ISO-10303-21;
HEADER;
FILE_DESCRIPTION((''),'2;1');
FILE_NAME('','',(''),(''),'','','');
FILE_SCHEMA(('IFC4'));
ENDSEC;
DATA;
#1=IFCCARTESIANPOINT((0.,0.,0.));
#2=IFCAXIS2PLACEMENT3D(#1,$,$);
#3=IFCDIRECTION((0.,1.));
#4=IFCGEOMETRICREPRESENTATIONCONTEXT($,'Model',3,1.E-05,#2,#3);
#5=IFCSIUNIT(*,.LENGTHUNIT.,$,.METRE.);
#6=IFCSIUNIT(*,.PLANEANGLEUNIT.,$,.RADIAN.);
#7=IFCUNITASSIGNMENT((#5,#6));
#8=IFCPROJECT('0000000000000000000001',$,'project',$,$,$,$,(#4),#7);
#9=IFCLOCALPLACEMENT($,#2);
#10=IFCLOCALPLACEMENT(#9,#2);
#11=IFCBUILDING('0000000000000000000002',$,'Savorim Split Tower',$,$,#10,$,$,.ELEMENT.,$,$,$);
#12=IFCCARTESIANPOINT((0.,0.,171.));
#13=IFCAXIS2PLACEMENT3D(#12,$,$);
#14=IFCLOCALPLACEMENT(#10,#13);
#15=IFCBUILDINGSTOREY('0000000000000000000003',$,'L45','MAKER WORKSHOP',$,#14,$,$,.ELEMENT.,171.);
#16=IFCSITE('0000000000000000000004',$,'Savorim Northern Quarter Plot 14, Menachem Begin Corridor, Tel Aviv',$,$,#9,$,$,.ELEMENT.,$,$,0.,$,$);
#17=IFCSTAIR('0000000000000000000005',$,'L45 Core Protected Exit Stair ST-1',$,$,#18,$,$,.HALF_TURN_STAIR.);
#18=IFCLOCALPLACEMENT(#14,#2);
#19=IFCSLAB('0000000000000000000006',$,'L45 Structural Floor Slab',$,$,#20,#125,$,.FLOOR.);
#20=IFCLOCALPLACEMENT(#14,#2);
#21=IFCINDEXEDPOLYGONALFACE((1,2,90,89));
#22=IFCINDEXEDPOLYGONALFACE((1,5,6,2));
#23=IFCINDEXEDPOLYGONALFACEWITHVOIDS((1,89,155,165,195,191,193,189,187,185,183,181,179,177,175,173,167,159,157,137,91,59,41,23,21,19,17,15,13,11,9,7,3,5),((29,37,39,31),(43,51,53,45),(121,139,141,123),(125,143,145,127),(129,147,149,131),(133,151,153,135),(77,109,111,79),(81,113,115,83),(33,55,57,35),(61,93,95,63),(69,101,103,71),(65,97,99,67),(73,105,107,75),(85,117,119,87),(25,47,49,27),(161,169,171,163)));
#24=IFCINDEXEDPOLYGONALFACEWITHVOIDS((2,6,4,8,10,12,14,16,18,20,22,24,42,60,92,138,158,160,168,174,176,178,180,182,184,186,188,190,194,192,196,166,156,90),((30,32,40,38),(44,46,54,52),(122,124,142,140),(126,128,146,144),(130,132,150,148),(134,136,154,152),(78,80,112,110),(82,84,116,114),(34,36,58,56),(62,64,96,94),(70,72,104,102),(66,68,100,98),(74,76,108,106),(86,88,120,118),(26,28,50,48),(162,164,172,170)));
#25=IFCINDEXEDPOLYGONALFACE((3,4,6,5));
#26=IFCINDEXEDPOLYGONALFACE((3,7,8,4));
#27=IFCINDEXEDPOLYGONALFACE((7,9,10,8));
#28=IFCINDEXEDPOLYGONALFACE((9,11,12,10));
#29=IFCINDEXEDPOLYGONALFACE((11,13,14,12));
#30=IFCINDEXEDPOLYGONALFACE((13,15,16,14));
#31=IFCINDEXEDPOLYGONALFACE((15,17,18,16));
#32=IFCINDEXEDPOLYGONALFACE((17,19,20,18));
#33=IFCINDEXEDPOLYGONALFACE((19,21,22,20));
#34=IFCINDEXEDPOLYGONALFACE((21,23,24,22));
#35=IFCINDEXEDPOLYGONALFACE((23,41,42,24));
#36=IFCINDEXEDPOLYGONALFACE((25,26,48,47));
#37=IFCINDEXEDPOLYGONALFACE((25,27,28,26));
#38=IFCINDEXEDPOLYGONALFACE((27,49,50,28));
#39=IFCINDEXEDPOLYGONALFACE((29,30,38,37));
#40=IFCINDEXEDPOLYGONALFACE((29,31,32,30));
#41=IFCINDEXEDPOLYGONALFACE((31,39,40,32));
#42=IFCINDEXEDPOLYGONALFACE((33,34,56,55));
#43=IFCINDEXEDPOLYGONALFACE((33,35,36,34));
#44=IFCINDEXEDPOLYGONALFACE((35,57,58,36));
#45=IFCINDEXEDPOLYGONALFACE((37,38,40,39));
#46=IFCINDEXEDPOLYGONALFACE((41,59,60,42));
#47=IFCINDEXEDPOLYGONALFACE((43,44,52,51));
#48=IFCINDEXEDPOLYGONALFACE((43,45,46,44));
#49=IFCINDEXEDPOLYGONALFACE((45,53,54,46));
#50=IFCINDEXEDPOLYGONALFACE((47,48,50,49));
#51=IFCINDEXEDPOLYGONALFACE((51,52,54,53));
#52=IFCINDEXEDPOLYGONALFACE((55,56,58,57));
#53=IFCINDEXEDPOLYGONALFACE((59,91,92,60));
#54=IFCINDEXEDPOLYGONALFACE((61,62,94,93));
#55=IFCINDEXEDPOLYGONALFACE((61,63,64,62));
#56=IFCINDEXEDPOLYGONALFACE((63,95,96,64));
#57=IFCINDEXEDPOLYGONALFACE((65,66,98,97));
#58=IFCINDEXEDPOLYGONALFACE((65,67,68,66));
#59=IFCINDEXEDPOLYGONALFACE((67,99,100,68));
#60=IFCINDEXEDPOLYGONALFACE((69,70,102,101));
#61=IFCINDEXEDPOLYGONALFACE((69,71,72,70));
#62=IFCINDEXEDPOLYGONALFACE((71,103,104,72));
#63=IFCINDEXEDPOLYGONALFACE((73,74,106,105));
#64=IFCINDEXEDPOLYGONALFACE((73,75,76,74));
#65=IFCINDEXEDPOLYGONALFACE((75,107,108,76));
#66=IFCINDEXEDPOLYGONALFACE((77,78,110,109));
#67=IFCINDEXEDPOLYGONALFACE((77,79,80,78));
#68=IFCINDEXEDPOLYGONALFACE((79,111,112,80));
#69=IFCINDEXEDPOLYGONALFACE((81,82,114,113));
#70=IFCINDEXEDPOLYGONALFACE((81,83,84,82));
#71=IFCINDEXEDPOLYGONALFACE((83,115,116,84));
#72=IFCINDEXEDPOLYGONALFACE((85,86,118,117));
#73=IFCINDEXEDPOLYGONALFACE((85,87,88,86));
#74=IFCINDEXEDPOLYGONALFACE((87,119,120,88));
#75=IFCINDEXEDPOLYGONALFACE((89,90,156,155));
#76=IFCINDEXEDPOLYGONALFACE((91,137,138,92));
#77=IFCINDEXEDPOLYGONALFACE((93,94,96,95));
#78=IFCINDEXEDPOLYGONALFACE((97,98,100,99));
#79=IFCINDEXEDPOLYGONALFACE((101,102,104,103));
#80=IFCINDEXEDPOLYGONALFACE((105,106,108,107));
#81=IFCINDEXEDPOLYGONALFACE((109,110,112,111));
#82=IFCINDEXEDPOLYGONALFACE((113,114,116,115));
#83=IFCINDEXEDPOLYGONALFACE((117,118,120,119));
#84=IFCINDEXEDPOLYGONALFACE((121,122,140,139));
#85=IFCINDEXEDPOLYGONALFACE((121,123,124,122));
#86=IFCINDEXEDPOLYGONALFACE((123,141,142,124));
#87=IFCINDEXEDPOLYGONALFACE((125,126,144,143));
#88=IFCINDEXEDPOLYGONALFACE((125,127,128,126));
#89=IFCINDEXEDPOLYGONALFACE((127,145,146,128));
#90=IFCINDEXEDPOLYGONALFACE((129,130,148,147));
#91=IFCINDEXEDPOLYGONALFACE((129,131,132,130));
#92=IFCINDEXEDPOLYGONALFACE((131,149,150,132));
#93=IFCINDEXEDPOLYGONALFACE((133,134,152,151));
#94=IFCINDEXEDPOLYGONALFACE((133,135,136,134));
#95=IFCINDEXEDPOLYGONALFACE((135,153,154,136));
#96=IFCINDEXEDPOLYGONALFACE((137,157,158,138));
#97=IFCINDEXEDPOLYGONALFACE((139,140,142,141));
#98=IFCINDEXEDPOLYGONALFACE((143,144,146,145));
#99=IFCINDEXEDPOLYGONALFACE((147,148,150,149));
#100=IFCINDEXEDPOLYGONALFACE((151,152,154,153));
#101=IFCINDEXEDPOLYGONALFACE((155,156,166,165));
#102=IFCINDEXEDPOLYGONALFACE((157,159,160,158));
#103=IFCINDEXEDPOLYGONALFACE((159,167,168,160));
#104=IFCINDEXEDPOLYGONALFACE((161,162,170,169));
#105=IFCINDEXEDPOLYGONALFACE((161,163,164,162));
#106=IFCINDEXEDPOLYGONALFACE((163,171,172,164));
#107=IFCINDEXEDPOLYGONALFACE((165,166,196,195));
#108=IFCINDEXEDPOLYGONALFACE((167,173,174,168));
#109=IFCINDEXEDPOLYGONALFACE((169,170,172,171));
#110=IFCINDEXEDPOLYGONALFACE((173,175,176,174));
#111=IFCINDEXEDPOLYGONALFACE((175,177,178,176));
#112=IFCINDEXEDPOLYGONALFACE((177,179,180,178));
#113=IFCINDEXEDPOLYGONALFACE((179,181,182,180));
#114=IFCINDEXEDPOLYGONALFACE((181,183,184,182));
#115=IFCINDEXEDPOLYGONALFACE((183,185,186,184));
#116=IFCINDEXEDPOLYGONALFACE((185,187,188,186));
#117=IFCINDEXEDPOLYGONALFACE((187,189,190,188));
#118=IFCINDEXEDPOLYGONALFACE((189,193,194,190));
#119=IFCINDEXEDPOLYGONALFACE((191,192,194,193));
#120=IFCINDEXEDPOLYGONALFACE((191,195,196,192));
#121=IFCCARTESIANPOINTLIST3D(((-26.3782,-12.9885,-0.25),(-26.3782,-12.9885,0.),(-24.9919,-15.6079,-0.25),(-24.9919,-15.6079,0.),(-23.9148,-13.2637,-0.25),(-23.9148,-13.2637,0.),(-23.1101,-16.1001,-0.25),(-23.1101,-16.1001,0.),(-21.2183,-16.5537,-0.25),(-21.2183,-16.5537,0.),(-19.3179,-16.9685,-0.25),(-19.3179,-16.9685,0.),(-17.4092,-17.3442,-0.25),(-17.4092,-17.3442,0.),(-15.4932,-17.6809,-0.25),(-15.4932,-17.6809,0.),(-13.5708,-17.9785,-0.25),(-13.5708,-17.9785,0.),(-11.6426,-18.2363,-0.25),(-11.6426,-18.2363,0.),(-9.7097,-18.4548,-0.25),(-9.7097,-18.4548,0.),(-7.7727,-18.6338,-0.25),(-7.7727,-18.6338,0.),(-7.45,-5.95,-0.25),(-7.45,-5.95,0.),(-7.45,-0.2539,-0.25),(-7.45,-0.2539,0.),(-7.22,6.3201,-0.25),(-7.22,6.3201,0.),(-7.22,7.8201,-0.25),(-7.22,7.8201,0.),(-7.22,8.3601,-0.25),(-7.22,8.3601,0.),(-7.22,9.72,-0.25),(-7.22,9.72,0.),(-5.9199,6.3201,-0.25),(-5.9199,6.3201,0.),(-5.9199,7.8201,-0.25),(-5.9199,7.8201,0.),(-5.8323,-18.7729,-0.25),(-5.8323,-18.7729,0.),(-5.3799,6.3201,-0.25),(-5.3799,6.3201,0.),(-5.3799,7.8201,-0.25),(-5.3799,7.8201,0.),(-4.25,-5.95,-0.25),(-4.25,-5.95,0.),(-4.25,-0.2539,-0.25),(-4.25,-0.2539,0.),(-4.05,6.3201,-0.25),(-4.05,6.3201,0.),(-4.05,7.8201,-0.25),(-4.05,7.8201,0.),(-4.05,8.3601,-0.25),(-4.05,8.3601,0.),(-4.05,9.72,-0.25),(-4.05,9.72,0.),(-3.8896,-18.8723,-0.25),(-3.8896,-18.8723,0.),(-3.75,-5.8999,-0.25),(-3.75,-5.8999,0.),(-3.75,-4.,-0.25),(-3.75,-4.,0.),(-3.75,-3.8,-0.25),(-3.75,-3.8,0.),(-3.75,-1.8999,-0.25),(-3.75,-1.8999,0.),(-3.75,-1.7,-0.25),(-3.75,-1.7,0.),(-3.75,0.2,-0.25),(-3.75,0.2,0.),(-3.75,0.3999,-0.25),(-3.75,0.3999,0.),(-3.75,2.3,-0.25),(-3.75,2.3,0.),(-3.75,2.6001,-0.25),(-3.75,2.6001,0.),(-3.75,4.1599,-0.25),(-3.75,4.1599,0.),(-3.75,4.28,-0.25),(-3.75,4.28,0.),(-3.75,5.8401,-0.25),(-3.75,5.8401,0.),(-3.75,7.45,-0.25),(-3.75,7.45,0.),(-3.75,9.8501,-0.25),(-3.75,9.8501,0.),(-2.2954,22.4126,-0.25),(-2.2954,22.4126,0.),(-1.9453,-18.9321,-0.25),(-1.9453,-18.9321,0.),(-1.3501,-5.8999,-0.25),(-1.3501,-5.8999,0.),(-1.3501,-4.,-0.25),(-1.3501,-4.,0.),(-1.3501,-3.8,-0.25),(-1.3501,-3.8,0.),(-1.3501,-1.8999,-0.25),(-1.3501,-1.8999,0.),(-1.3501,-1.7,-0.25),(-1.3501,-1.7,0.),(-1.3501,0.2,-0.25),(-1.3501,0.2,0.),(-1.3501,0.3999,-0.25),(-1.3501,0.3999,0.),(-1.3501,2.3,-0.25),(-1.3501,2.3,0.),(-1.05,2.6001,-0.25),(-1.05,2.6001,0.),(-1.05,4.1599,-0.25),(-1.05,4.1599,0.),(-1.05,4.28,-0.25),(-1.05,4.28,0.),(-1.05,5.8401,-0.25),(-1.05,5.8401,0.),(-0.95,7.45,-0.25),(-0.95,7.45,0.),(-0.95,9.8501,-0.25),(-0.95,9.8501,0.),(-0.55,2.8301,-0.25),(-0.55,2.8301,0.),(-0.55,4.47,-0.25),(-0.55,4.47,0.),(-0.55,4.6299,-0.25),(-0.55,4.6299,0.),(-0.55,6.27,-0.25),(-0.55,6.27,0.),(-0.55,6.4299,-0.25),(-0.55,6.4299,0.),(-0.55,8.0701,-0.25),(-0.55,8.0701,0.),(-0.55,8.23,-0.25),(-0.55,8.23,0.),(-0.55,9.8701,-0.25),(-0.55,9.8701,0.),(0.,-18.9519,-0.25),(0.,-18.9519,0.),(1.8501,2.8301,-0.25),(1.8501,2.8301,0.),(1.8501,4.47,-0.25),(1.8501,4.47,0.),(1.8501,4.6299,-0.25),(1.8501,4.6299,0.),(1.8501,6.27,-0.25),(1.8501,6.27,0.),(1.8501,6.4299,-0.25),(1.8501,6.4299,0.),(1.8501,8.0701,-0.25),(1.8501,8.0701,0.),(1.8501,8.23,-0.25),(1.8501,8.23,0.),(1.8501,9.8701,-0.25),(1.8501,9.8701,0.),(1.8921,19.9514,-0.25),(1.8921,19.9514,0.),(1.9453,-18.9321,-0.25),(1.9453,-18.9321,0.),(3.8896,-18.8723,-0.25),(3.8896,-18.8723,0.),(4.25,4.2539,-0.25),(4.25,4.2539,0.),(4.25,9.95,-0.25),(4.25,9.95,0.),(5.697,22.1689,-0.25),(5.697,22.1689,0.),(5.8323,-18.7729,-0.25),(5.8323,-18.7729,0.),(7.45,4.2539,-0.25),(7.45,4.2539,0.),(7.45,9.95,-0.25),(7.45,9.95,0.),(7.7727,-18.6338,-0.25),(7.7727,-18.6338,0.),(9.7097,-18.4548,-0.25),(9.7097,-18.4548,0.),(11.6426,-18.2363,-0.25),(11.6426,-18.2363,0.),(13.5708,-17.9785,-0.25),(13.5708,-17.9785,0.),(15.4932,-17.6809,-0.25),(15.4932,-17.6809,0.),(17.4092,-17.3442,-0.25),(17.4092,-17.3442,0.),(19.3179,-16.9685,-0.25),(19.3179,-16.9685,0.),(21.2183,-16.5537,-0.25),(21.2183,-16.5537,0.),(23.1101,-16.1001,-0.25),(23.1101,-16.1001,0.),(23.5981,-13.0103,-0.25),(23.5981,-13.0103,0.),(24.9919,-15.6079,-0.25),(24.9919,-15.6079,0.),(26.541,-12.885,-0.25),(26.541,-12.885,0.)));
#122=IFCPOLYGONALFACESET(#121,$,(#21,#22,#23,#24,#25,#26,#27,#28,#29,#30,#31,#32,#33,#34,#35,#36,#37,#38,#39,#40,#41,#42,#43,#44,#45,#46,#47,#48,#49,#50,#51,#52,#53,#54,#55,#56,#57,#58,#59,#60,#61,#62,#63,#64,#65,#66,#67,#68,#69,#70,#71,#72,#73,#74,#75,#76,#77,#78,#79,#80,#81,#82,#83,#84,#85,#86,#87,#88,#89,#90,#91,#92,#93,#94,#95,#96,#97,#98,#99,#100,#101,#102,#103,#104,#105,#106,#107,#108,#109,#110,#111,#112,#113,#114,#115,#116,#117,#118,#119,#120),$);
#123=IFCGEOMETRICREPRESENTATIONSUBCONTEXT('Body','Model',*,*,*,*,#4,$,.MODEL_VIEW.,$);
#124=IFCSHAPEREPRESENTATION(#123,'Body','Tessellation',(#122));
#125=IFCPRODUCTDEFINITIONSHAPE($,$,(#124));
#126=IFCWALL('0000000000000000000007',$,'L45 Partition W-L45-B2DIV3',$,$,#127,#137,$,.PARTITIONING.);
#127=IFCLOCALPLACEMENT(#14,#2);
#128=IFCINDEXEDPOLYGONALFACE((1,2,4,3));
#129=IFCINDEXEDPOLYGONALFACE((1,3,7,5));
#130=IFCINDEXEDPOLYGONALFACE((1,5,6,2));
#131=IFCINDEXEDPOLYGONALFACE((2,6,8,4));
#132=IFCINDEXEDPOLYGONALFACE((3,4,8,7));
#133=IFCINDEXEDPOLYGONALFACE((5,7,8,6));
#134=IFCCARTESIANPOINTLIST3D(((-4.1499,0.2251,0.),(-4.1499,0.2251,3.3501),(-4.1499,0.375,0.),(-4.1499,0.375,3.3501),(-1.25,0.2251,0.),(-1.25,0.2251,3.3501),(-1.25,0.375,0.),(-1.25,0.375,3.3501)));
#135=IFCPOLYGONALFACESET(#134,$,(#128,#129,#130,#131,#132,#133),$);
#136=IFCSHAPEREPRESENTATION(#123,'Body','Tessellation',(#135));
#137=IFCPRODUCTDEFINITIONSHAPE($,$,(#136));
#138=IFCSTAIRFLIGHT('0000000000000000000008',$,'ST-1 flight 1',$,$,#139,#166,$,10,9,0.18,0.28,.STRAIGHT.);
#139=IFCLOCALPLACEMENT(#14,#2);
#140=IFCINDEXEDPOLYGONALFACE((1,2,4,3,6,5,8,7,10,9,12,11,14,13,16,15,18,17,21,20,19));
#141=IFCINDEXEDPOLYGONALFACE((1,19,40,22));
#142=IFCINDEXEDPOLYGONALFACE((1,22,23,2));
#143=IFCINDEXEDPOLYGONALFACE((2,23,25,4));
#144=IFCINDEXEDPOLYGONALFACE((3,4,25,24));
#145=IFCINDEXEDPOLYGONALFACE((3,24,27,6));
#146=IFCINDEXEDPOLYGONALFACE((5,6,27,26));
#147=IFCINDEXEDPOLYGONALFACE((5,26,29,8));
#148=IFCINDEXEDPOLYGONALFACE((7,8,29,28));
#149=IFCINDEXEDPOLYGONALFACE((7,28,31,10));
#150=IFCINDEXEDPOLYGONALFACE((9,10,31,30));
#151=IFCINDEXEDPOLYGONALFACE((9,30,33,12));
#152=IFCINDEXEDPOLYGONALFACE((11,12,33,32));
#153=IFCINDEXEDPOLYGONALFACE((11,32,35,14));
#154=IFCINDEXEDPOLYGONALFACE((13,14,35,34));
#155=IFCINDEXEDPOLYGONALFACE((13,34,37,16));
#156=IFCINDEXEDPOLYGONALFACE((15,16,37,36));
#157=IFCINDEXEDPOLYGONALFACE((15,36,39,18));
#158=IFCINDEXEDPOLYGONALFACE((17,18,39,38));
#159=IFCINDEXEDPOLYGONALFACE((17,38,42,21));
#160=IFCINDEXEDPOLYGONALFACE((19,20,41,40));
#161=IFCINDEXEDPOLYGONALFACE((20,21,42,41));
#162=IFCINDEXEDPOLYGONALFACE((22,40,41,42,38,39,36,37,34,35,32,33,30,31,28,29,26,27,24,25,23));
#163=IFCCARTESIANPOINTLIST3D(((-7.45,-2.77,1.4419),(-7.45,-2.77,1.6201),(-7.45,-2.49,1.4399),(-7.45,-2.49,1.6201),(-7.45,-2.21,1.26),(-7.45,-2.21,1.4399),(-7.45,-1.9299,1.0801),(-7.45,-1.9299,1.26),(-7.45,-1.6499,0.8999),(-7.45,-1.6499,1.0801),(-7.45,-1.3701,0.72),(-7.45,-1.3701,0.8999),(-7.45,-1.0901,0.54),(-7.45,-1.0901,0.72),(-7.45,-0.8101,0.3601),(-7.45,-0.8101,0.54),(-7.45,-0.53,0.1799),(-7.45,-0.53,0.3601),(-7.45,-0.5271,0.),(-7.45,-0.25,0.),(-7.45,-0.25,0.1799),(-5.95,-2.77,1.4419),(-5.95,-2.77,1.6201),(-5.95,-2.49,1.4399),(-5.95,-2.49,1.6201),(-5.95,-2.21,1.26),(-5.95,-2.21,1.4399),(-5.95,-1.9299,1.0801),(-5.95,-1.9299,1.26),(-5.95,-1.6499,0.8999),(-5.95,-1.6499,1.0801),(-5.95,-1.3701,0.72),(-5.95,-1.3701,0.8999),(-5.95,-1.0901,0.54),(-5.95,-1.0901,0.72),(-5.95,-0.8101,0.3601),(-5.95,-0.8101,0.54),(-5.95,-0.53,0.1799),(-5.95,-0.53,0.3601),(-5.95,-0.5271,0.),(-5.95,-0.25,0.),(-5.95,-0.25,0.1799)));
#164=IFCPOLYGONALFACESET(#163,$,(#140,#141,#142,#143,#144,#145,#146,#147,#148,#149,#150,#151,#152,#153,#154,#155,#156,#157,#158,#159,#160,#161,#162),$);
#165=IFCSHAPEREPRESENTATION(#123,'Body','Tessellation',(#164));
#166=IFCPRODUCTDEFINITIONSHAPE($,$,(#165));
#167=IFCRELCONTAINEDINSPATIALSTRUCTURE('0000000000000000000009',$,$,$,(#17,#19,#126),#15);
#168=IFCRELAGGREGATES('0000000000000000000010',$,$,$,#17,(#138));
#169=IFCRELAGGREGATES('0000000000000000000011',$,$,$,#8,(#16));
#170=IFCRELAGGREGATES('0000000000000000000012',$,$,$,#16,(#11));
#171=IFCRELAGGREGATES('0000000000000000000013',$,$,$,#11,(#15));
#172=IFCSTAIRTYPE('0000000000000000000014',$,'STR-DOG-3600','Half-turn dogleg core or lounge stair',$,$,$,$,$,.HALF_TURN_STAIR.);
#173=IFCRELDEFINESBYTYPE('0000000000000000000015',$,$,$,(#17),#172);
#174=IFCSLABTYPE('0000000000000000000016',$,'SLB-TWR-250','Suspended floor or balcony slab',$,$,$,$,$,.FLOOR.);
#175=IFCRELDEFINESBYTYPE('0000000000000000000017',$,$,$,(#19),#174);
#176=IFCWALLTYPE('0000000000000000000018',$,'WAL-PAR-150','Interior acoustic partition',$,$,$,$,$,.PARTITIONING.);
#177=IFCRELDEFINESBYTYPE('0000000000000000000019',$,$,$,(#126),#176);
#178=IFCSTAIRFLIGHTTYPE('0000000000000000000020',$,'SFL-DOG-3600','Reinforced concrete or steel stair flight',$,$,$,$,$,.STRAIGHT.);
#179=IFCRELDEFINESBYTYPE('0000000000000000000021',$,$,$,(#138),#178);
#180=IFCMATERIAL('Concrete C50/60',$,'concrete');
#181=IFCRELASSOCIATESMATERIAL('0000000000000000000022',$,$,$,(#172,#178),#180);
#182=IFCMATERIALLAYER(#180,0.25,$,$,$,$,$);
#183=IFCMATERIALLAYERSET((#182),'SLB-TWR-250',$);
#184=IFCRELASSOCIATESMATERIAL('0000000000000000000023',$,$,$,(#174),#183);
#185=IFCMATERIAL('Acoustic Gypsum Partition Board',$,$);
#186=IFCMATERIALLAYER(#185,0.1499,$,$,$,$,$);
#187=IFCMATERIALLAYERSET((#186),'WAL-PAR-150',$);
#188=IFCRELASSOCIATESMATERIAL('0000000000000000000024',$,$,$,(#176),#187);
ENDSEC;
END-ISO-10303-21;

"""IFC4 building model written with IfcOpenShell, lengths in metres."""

from ifc_helpers import new_model, si_unit, direction, frame, frame_2d, origin, place, context, subcontext, project, spatial, polyline, rectangle, outline, extrude, material, layer, layer_set, type_object, element, aggregate, save


model = new_model("IFC4")

# Units and contexts
model_context = context("Model", 3, precision=1e-05, world=origin(), true_north=direction((0.0, 1.0)))
body_context = subcontext(model_context, "Body", "Model", "MODEL_VIEW")
ifc_project = project(units=[si_unit("LENGTHUNIT", "METRE"), si_unit("PLANEANGLEUNIT", "RADIAN")], contexts=[model_context])

# Site, building, storey
site_placement = place(None, origin())
site = spatial("IfcSite", under=ifc_project, at=site_placement, Name="Savorim Northern Quarter Plot 14, Menachem Begin Corridor, Tel Aviv", CompositionType="ELEMENT", RefElevation=0.0)
building_placement = place(site_placement, origin())
building = spatial("IfcBuilding", under=site, at=building_placement, Name="Savorim Split Tower", CompositionType="ELEMENT")
storey_placement = place(building_placement, frame((0.0, 0.0, 171.0)))
storey = spatial("IfcBuildingStorey", under=building, at=storey_placement, Name="L45", Description="MAKER WORKSHOP", CompositionType="ELEMENT", Elevation=171.0)

# Shared definitions
ifc_material_1 = material(Name="Concrete C50/60", Category="concrete")

# Stair
stair_type = type_object("IfcStairType", Name="STR-DOG-3600", Description="Half-turn dogleg core or lounge stair", PredefinedType="HALF_TURN_STAIR", material=ifc_material_1)
stair_1_placement = place(storey_placement, origin())
stair_1 = element("IfcStair", 1, at=stair_1_placement, inside=storey, type_object=stair_type, Name="L45 Core Protected Exit Stair ST-1", PredefinedType="HALF_TURN_STAIR")

# Slab
ifc_layer_1 = layer(ifc_material_1, 0.25)
ifc_layer_set_1 = layer_set([ifc_layer_1], Name="SLB-TWR-250")
slab_type_1 = type_object("IfcSlabType", Name="SLB-TWR-250", Description="Suspended floor or balcony slab", PredefinedType="FLOOR", material=ifc_layer_set_1)
slab_1_placement = place(storey_placement, frame((0.0, 0.0, -0.25)))
element("IfcSlab", 2, at=slab_1_placement, inside=storey, type_object=slab_type_1, Name="L45 Structural Floor Slab", PredefinedType="FLOOR", context=body_context, shape_type="SweptSolid", body=[
    extrude(outline(polyline([(-24.9919, -15.6079), (-23.1101, -16.1001), (-21.2183, -16.5537), (-19.3179, -16.9685), (-17.4092, -17.3442), (-15.4932, -17.6809), (-13.5708, -17.9785), (-11.6426, -18.2363), (-9.7097, -18.4548), (-7.7727, -18.6338), (-5.8323, -18.7729), (-3.8896, -18.8723), (-1.9453, -18.9321), (0.0, -18.9519), (1.9453, -18.9321), (3.8896, -18.8723), (5.8323, -18.7729), (7.7727, -18.6338), (9.7097, -18.4548), (11.6426, -18.2363), (13.5708, -17.9785), (15.4932, -17.6809), (17.4092, -17.3442), (19.3179, -16.9685), (21.2183, -16.5537), (23.1101, -16.1001), (24.9919, -15.6079), (23.5981, -13.0103), (26.541, -12.885), (5.697, 22.1689), (1.8921, 19.9514), (-2.2954, 22.4126), (-26.3782, -12.9885), (-23.9148, -13.2637), (-24.9919, -15.6079)]), holes=[polyline([(-7.45, -0.2539), (-7.45, -5.95), (-4.25, -5.95), (-4.25, -0.2539), (-7.45, -0.2539)]), polyline([(7.45, 4.2539), (7.45, 9.95), (4.25, 9.95), (4.25, 4.2539), (7.45, 4.2539)]), polyline([(-3.75, -5.8999), (-1.3501, -5.8999), (-1.3501, -4.0), (-3.75, -4.0), (-3.75, -5.8999)]), polyline([(-3.75, -3.8), (-1.3501, -3.8), (-1.3501, -1.8999), (-3.75, -1.8999), (-3.75, -3.8)]), polyline([(-3.75, -1.7), (-1.3501, -1.7), (-1.3501, 0.2), (-3.75, 0.2), (-3.75, -1.7)]), polyline([(-3.75, 0.3999), (-1.3501, 0.3999), (-1.3501, 2.3), (-3.75, 2.3), (-3.75, 0.3999)]), polyline([(-0.55, 2.8301), (1.8501, 2.8301), (1.8501, 4.47), (-0.55, 4.47), (-0.55, 2.8301)]), polyline([(-0.55, 4.6299), (1.8501, 4.6299), (1.8501, 6.27), (-0.55, 6.27), (-0.55, 4.6299)]), polyline([(-0.55, 6.4299), (1.8501, 6.4299), (1.8501, 8.0701), (-0.55, 8.0701), (-0.55, 6.4299)]), polyline([(-0.55, 8.23), (1.8501, 8.23), (1.8501, 9.8701), (-0.55, 9.8701), (-0.55, 8.23)]), polyline([(-3.75, 2.6001), (-1.05, 2.6001), (-1.05, 4.1599), (-3.75, 4.1599), (-3.75, 2.6001)]), polyline([(-3.75, 4.28), (-1.05, 4.28), (-1.05, 5.8401), (-3.75, 5.8401), (-3.75, 4.28)]), polyline([(-3.75, 7.45), (-0.95, 7.45), (-0.95, 9.8501), (-3.75, 9.8501), (-3.75, 7.45)]), polyline([(-7.22, 6.3201), (-5.9199, 6.3201), (-5.9199, 7.8201), (-7.22, 7.8201), (-7.22, 6.3201)]), polyline([(-5.3799, 6.3201), (-4.05, 6.3201), (-4.05, 7.8201), (-5.3799, 7.8201), (-5.3799, 6.3201)]), polyline([(-7.22, 8.3601), (-4.05, 8.3601), (-4.05, 9.72), (-7.22, 9.72), (-7.22, 8.3601)])]), origin(), (0.0, 0.0, 1.0), 0.25),
])

# Wall
ifc_material_2 = material(Name="Acoustic Gypsum Partition Board")
ifc_layer_2 = layer(ifc_material_2, 0.1499)
ifc_layer_set_2 = layer_set([ifc_layer_2], Name="WAL-PAR-150")
wall_type_1 = type_object("IfcWallType", Name="WAL-PAR-150", Description="Interior acoustic partition", PredefinedType="PARTITIONING", material=ifc_layer_set_2)
wall_1_placement = place(storey_placement, frame((-4.1499, 0.3, 0.0), z_axis=(0.0, 0.0, 1.0), x_axis=(1.0, 0.0, 0.0)))
element("IfcWall", 3, at=wall_1_placement, inside=storey, type_object=wall_type_1, Name="L45 Partition W-L45-B2DIV3", PredefinedType="PARTITIONING", context=body_context, shape_type="SweptSolid", body=[
    extrude(rectangle(XDim=2.8999, YDim=0.1499, at=frame_2d((1.45, 0.0))), origin(), (0.0, 0.0, 1.0), 3.3501),
])

# Stair flight
stair_flight_type = type_object("IfcStairFlightType", Name="SFL-DOG-3600", Description="Reinforced concrete or steel stair flight", PredefinedType="STRAIGHT", material=ifc_material_1)
stair_flight_placement = place(storey_placement, frame((-6.7, -0.25, 0.0), z_axis=(0.0, 0.0, 1.0), x_axis=(0.0, -1.0, 0.0)))
stair_flight = element("IfcStairFlight", 4, at=stair_flight_placement, type_object=stair_flight_type, Name="ST-1 flight 1", NumberOfRisers=10, NumberOfTreads=9, PredefinedType="STRAIGHT", RiserHeight=0.18, TreadLength=0.28, context=body_context, shape_type="SweptSolid", body=[
    extrude(outline(polyline([(0.0, 0.0), (0.0, 0.1799), (0.28, 0.1799), (0.28, 0.3601), (0.5601, 0.3601), (0.5601, 0.54), (0.8401, 0.54), (0.8401, 0.72), (1.1201, 0.72), (1.1201, 0.8999), (1.3999, 0.8999), (1.3999, 1.0801), (1.6799, 1.0801), (1.6799, 1.26), (1.96, 1.26), (1.96, 1.4399), (2.24, 1.4399), (2.24, 1.6201), (2.52, 1.6201), (2.52, 1.8), (2.52, 1.4419), (0.2771, 0.0), (0.0, 0.0)])), frame((0.0, 0.75, 0.0), z_axis=(0.0, -1.0, 0.0), x_axis=(1.0, 0.0, 0.0)), (0.0, 0.0, 1.0), 1.5),
])
aggregate(stair_1, [stair_flight])

save(model, "model.ifc")
